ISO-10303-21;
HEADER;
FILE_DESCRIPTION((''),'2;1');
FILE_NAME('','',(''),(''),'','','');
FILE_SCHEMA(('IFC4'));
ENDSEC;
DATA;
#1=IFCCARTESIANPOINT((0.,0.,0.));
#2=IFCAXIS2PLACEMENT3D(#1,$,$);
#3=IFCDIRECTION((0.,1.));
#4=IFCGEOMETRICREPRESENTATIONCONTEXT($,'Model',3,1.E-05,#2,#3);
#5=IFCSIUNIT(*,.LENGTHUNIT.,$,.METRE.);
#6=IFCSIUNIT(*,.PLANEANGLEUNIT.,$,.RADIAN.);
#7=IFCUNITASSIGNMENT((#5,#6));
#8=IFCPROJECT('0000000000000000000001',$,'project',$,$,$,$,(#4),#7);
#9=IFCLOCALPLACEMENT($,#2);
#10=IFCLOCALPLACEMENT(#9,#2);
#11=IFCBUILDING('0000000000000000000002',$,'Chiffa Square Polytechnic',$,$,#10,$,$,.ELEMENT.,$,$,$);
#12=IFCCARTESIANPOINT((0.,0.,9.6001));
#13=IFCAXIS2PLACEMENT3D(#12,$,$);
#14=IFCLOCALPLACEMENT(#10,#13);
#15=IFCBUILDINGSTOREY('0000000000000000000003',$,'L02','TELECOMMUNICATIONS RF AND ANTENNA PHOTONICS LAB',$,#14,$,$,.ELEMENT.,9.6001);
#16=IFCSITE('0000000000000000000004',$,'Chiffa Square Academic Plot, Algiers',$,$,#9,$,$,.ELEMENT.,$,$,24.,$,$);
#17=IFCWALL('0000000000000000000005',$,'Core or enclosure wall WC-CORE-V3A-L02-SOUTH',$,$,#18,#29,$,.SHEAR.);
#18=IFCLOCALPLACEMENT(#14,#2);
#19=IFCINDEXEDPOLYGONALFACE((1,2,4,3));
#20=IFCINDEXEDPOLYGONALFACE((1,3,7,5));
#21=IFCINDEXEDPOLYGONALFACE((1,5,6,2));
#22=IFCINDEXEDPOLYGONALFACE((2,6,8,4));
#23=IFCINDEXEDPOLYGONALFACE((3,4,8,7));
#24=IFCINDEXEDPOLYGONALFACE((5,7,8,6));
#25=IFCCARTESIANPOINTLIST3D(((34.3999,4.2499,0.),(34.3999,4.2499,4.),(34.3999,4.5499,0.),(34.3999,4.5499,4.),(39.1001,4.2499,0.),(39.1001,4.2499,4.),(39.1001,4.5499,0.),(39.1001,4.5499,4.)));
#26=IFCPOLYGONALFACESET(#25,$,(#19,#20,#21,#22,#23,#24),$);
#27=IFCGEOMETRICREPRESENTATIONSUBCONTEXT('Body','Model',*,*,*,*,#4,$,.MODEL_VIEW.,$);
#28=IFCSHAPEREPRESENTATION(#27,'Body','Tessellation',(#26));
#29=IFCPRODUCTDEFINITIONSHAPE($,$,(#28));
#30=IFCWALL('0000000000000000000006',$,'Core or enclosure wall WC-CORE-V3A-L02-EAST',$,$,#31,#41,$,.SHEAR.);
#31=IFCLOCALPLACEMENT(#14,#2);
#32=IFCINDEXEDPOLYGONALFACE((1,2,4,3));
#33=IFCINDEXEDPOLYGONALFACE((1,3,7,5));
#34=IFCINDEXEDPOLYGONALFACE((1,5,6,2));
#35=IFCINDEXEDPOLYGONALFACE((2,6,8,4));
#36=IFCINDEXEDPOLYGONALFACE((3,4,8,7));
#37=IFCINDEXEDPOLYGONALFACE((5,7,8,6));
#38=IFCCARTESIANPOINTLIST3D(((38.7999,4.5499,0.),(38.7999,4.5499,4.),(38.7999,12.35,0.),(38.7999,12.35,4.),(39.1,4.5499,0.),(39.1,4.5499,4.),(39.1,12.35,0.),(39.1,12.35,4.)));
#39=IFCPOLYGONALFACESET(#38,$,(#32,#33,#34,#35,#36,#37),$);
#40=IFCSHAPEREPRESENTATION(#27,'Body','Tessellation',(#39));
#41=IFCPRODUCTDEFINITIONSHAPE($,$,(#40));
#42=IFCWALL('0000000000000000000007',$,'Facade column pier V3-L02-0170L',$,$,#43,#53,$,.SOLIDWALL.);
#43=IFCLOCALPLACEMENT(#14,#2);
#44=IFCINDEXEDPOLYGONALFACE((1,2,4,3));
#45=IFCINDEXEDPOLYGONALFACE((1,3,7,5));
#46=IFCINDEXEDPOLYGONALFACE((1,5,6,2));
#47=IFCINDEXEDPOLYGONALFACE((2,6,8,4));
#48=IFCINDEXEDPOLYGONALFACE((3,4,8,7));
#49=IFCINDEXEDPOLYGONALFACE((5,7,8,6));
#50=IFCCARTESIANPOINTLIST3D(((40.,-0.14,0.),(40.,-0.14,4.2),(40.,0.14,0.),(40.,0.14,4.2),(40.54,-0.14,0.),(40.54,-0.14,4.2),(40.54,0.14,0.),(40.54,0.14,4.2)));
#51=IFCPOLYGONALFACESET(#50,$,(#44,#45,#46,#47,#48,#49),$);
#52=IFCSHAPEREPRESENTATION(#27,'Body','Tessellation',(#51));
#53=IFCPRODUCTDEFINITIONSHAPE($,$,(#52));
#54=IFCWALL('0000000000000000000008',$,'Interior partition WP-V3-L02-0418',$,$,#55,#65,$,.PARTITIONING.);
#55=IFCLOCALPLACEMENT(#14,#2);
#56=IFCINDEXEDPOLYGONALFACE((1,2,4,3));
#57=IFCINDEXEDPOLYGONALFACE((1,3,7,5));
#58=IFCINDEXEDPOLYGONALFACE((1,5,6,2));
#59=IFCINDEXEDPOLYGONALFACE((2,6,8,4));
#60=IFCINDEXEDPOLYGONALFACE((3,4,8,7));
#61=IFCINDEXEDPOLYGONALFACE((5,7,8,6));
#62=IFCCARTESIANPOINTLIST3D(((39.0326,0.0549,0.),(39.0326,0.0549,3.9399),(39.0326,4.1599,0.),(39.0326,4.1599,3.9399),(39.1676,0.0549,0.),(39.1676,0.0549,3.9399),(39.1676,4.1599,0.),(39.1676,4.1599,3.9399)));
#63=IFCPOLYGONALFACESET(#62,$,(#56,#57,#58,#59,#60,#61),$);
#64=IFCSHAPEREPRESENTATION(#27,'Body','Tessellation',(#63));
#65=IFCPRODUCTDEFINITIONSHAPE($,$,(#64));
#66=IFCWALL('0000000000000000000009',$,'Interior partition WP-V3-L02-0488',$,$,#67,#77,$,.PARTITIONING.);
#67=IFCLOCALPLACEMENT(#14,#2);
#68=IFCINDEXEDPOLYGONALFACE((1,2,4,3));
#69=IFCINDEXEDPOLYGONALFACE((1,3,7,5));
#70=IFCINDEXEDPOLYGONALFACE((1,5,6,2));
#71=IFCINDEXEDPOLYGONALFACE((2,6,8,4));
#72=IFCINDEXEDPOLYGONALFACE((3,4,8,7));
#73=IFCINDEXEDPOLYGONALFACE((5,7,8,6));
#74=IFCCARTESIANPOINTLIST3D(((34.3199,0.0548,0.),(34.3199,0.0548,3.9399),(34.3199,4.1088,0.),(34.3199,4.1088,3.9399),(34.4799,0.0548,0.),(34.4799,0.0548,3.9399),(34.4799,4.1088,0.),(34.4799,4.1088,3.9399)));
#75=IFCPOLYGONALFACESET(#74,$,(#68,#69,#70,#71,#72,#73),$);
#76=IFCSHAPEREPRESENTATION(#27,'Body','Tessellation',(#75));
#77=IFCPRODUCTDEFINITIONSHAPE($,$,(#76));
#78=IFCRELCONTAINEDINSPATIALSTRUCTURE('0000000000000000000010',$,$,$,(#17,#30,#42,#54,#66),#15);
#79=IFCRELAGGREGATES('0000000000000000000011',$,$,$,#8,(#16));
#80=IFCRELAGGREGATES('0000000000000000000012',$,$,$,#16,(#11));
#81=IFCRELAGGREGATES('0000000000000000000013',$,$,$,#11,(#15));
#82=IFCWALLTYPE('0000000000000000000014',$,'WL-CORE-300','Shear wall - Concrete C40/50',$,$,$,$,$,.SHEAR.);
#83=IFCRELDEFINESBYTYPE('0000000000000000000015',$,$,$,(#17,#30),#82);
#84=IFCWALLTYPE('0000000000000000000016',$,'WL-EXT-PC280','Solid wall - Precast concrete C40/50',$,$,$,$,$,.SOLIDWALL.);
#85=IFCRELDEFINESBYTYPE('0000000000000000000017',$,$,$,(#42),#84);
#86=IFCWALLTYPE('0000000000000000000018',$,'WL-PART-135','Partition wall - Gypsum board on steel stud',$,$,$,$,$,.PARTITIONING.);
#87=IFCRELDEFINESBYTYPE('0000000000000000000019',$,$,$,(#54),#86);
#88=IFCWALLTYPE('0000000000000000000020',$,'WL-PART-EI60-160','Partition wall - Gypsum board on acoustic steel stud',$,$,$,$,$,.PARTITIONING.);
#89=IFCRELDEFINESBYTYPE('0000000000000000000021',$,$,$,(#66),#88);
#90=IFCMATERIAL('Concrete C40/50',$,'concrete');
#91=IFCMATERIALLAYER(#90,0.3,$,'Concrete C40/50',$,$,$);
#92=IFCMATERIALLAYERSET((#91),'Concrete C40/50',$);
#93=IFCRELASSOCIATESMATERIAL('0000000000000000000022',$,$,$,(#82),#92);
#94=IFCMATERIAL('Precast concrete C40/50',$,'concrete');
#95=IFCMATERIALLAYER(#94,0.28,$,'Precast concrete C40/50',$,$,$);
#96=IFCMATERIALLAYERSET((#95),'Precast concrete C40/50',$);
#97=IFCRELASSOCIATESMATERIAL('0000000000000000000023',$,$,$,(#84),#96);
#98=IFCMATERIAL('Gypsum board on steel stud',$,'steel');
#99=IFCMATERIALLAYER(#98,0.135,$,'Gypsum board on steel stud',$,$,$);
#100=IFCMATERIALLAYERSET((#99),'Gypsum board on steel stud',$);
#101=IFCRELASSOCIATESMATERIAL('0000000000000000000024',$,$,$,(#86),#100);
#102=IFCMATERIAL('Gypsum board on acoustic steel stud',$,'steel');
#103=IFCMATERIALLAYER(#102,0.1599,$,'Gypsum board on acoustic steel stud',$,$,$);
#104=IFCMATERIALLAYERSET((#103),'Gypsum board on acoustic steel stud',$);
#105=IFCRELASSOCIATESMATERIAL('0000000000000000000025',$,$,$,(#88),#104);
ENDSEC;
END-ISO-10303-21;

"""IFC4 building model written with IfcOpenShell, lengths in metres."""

from ifc_helpers import new_model, si_unit, direction, frame, frame_2d, origin, place, context, subcontext, project, spatial, rectangle, extrude, material, layer, layer_set, type_object, element, save


model = new_model("IFC4")

# Units and contexts
model_context = context("Model", 3, precision=1e-05, world=origin(), true_north=direction((0.0, 1.0)))
body_context = subcontext(model_context, "Body", "Model", "MODEL_VIEW")
ifc_project = project(units=[si_unit("LENGTHUNIT", "METRE"), si_unit("PLANEANGLEUNIT", "RADIAN")], contexts=[model_context])

# Site, building, storey
site_placement = place(None, origin())
site = spatial("IfcSite", under=ifc_project, at=site_placement, Name="Chiffa Square Academic Plot, Algiers", CompositionType="ELEMENT", RefElevation=24.0)
building_placement = place(site_placement, origin())
building = spatial("IfcBuilding", under=site, at=building_placement, Name="Chiffa Square Polytechnic", CompositionType="ELEMENT")
storey_placement = place(building_placement, frame((0.0, 0.0, 9.6001)))
storey = spatial("IfcBuildingStorey", under=building, at=storey_placement, Name="L02", Description="TELECOMMUNICATIONS RF AND ANTENNA PHOTONICS LAB", CompositionType="ELEMENT", Elevation=9.6001)

# Wall
ifc_material_1 = material(Name="Concrete C40/50", Category="concrete")
ifc_layer_1 = layer(ifc_material_1, 0.3, Name="Concrete C40/50")
ifc_layer_set_1 = layer_set([ifc_layer_1], Name="Concrete C40/50")
wall_type_1 = type_object("IfcWallType", Name="WL-CORE-300", Description="Shear wall - Concrete C40/50", PredefinedType="SHEAR", material=ifc_layer_set_1)
wall_1_placement = place(storey_placement, frame((34.3999, 4.3999, 0.0), z_axis=(0.0, 0.0, 1.0), x_axis=(1.0, 0.0, 0.0)))
element("IfcWall", 1, at=wall_1_placement, inside=storey, type_object=wall_type_1, Name="Core or enclosure wall WC-CORE-V3A-L02-SOUTH", PredefinedType="SHEAR", context=body_context, shape_type="SweptSolid", body=[
    extrude(rectangle(XDim=4.7002, YDim=0.3, at=frame_2d((2.3501, 0.0))), origin(), (0.0, 0.0, 1.0), 4.0),
])

# Walls
wall_2_placement = place(storey_placement, frame((38.95, 4.55, 0.0), z_axis=(0.0, 0.0, 1.0), x_axis=(0.0, 1.0, 0.0)))
element("IfcWall", 2, at=wall_2_placement, inside=storey, type_object=wall_type_1, Name="Core or enclosure wall WC-CORE-V3A-L02-EAST", PredefinedType="SHEAR", context=body_context, shape_type="SweptSolid", body=[
    extrude(rectangle(XDim=7.8, YDim=0.3, at=frame_2d((3.8999, 0.0))), origin(), (0.0, 0.0, 1.0), 4.0),
])
ifc_material_2 = material(Name="Precast concrete C40/50", Category="concrete")
ifc_layer_2 = layer(ifc_material_2, 0.28, Name="Precast concrete C40/50")
ifc_layer_set_2 = layer_set([ifc_layer_2], Name="Precast concrete C40/50")
wall_type_2 = type_object("IfcWallType", Name="WL-EXT-PC280", Description="Solid wall - Precast concrete C40/50", PredefinedType="SOLIDWALL", material=ifc_layer_set_2)
wall_3_placement = place(storey_placement, frame((40.0, 0.0, 0.0), z_axis=(0.0, 0.0, 1.0), x_axis=(1.0, 0.0, 0.0)))
element("IfcWall", 3, at=wall_3_placement, inside=storey, type_object=wall_type_2, Name="Facade column pier V3-L02-0170L", PredefinedType="SOLIDWALL", context=body_context, shape_type="SweptSolid", body=[
    extrude(rectangle(XDim=0.54, YDim=0.28, at=frame_2d((0.27, 0.0))), origin(), (0.0, 0.0, 1.0), 4.2),
])
ifc_material_3 = material(Name="Gypsum board on steel stud", Category="steel")
ifc_layer_3 = layer(ifc_material_3, 0.135, Name="Gypsum board on steel stud")
ifc_layer_set_3 = layer_set([ifc_layer_3], Name="Gypsum board on steel stud")
wall_type_3 = type_object("IfcWallType", Name="WL-PART-135", Description="Partition wall - Gypsum board on steel stud", PredefinedType="PARTITIONING", material=ifc_layer_set_3)
wall_4_placement = place(storey_placement, frame((39.1001, 0.0549, 0.0), z_axis=(0.0, 0.0, 1.0), x_axis=(0.0, 1.0, 0.0)))
element("IfcWall", 4, at=wall_4_placement, inside=storey, type_object=wall_type_3, Name="Interior partition WP-V3-L02-0418", PredefinedType="PARTITIONING", context=body_context, shape_type="SweptSolid", body=[
    extrude(rectangle(XDim=4.105, YDim=0.135, at=frame_2d((2.0525, 0.0))), origin(), (0.0, 0.0, 1.0), 3.9399),
])
ifc_material_4 = material(Name="Gypsum board on acoustic steel stud", Category="steel")
ifc_layer_4 = layer(ifc_material_4, 0.1599, Name="Gypsum board on acoustic steel stud")
ifc_layer_set_4 = layer_set([ifc_layer_4], Name="Gypsum board on acoustic steel stud")
wall_type_4 = type_object("IfcWallType", Name="WL-PART-EI60-160", Description="Partition wall - Gypsum board on acoustic steel stud", PredefinedType="PARTITIONING", material=ifc_layer_set_4)
wall_5_placement = place(storey_placement, frame((34.3999, 0.0549, 0.0), z_axis=(0.0, 0.0, 1.0), x_axis=(0.0, 1.0, 0.0)))
element("IfcWall", 5, at=wall_5_placement, inside=storey, type_object=wall_type_4, Name="Interior partition WP-V3-L02-0488", PredefinedType="PARTITIONING", context=body_context, shape_type="SweptSolid", body=[
    extrude(rectangle(XDim=4.054, YDim=0.1599, at=frame_2d((2.0269, 0.0))), origin(), (0.0, 0.0, 1.0), 3.9399),
])

save(model, "model.ifc")
